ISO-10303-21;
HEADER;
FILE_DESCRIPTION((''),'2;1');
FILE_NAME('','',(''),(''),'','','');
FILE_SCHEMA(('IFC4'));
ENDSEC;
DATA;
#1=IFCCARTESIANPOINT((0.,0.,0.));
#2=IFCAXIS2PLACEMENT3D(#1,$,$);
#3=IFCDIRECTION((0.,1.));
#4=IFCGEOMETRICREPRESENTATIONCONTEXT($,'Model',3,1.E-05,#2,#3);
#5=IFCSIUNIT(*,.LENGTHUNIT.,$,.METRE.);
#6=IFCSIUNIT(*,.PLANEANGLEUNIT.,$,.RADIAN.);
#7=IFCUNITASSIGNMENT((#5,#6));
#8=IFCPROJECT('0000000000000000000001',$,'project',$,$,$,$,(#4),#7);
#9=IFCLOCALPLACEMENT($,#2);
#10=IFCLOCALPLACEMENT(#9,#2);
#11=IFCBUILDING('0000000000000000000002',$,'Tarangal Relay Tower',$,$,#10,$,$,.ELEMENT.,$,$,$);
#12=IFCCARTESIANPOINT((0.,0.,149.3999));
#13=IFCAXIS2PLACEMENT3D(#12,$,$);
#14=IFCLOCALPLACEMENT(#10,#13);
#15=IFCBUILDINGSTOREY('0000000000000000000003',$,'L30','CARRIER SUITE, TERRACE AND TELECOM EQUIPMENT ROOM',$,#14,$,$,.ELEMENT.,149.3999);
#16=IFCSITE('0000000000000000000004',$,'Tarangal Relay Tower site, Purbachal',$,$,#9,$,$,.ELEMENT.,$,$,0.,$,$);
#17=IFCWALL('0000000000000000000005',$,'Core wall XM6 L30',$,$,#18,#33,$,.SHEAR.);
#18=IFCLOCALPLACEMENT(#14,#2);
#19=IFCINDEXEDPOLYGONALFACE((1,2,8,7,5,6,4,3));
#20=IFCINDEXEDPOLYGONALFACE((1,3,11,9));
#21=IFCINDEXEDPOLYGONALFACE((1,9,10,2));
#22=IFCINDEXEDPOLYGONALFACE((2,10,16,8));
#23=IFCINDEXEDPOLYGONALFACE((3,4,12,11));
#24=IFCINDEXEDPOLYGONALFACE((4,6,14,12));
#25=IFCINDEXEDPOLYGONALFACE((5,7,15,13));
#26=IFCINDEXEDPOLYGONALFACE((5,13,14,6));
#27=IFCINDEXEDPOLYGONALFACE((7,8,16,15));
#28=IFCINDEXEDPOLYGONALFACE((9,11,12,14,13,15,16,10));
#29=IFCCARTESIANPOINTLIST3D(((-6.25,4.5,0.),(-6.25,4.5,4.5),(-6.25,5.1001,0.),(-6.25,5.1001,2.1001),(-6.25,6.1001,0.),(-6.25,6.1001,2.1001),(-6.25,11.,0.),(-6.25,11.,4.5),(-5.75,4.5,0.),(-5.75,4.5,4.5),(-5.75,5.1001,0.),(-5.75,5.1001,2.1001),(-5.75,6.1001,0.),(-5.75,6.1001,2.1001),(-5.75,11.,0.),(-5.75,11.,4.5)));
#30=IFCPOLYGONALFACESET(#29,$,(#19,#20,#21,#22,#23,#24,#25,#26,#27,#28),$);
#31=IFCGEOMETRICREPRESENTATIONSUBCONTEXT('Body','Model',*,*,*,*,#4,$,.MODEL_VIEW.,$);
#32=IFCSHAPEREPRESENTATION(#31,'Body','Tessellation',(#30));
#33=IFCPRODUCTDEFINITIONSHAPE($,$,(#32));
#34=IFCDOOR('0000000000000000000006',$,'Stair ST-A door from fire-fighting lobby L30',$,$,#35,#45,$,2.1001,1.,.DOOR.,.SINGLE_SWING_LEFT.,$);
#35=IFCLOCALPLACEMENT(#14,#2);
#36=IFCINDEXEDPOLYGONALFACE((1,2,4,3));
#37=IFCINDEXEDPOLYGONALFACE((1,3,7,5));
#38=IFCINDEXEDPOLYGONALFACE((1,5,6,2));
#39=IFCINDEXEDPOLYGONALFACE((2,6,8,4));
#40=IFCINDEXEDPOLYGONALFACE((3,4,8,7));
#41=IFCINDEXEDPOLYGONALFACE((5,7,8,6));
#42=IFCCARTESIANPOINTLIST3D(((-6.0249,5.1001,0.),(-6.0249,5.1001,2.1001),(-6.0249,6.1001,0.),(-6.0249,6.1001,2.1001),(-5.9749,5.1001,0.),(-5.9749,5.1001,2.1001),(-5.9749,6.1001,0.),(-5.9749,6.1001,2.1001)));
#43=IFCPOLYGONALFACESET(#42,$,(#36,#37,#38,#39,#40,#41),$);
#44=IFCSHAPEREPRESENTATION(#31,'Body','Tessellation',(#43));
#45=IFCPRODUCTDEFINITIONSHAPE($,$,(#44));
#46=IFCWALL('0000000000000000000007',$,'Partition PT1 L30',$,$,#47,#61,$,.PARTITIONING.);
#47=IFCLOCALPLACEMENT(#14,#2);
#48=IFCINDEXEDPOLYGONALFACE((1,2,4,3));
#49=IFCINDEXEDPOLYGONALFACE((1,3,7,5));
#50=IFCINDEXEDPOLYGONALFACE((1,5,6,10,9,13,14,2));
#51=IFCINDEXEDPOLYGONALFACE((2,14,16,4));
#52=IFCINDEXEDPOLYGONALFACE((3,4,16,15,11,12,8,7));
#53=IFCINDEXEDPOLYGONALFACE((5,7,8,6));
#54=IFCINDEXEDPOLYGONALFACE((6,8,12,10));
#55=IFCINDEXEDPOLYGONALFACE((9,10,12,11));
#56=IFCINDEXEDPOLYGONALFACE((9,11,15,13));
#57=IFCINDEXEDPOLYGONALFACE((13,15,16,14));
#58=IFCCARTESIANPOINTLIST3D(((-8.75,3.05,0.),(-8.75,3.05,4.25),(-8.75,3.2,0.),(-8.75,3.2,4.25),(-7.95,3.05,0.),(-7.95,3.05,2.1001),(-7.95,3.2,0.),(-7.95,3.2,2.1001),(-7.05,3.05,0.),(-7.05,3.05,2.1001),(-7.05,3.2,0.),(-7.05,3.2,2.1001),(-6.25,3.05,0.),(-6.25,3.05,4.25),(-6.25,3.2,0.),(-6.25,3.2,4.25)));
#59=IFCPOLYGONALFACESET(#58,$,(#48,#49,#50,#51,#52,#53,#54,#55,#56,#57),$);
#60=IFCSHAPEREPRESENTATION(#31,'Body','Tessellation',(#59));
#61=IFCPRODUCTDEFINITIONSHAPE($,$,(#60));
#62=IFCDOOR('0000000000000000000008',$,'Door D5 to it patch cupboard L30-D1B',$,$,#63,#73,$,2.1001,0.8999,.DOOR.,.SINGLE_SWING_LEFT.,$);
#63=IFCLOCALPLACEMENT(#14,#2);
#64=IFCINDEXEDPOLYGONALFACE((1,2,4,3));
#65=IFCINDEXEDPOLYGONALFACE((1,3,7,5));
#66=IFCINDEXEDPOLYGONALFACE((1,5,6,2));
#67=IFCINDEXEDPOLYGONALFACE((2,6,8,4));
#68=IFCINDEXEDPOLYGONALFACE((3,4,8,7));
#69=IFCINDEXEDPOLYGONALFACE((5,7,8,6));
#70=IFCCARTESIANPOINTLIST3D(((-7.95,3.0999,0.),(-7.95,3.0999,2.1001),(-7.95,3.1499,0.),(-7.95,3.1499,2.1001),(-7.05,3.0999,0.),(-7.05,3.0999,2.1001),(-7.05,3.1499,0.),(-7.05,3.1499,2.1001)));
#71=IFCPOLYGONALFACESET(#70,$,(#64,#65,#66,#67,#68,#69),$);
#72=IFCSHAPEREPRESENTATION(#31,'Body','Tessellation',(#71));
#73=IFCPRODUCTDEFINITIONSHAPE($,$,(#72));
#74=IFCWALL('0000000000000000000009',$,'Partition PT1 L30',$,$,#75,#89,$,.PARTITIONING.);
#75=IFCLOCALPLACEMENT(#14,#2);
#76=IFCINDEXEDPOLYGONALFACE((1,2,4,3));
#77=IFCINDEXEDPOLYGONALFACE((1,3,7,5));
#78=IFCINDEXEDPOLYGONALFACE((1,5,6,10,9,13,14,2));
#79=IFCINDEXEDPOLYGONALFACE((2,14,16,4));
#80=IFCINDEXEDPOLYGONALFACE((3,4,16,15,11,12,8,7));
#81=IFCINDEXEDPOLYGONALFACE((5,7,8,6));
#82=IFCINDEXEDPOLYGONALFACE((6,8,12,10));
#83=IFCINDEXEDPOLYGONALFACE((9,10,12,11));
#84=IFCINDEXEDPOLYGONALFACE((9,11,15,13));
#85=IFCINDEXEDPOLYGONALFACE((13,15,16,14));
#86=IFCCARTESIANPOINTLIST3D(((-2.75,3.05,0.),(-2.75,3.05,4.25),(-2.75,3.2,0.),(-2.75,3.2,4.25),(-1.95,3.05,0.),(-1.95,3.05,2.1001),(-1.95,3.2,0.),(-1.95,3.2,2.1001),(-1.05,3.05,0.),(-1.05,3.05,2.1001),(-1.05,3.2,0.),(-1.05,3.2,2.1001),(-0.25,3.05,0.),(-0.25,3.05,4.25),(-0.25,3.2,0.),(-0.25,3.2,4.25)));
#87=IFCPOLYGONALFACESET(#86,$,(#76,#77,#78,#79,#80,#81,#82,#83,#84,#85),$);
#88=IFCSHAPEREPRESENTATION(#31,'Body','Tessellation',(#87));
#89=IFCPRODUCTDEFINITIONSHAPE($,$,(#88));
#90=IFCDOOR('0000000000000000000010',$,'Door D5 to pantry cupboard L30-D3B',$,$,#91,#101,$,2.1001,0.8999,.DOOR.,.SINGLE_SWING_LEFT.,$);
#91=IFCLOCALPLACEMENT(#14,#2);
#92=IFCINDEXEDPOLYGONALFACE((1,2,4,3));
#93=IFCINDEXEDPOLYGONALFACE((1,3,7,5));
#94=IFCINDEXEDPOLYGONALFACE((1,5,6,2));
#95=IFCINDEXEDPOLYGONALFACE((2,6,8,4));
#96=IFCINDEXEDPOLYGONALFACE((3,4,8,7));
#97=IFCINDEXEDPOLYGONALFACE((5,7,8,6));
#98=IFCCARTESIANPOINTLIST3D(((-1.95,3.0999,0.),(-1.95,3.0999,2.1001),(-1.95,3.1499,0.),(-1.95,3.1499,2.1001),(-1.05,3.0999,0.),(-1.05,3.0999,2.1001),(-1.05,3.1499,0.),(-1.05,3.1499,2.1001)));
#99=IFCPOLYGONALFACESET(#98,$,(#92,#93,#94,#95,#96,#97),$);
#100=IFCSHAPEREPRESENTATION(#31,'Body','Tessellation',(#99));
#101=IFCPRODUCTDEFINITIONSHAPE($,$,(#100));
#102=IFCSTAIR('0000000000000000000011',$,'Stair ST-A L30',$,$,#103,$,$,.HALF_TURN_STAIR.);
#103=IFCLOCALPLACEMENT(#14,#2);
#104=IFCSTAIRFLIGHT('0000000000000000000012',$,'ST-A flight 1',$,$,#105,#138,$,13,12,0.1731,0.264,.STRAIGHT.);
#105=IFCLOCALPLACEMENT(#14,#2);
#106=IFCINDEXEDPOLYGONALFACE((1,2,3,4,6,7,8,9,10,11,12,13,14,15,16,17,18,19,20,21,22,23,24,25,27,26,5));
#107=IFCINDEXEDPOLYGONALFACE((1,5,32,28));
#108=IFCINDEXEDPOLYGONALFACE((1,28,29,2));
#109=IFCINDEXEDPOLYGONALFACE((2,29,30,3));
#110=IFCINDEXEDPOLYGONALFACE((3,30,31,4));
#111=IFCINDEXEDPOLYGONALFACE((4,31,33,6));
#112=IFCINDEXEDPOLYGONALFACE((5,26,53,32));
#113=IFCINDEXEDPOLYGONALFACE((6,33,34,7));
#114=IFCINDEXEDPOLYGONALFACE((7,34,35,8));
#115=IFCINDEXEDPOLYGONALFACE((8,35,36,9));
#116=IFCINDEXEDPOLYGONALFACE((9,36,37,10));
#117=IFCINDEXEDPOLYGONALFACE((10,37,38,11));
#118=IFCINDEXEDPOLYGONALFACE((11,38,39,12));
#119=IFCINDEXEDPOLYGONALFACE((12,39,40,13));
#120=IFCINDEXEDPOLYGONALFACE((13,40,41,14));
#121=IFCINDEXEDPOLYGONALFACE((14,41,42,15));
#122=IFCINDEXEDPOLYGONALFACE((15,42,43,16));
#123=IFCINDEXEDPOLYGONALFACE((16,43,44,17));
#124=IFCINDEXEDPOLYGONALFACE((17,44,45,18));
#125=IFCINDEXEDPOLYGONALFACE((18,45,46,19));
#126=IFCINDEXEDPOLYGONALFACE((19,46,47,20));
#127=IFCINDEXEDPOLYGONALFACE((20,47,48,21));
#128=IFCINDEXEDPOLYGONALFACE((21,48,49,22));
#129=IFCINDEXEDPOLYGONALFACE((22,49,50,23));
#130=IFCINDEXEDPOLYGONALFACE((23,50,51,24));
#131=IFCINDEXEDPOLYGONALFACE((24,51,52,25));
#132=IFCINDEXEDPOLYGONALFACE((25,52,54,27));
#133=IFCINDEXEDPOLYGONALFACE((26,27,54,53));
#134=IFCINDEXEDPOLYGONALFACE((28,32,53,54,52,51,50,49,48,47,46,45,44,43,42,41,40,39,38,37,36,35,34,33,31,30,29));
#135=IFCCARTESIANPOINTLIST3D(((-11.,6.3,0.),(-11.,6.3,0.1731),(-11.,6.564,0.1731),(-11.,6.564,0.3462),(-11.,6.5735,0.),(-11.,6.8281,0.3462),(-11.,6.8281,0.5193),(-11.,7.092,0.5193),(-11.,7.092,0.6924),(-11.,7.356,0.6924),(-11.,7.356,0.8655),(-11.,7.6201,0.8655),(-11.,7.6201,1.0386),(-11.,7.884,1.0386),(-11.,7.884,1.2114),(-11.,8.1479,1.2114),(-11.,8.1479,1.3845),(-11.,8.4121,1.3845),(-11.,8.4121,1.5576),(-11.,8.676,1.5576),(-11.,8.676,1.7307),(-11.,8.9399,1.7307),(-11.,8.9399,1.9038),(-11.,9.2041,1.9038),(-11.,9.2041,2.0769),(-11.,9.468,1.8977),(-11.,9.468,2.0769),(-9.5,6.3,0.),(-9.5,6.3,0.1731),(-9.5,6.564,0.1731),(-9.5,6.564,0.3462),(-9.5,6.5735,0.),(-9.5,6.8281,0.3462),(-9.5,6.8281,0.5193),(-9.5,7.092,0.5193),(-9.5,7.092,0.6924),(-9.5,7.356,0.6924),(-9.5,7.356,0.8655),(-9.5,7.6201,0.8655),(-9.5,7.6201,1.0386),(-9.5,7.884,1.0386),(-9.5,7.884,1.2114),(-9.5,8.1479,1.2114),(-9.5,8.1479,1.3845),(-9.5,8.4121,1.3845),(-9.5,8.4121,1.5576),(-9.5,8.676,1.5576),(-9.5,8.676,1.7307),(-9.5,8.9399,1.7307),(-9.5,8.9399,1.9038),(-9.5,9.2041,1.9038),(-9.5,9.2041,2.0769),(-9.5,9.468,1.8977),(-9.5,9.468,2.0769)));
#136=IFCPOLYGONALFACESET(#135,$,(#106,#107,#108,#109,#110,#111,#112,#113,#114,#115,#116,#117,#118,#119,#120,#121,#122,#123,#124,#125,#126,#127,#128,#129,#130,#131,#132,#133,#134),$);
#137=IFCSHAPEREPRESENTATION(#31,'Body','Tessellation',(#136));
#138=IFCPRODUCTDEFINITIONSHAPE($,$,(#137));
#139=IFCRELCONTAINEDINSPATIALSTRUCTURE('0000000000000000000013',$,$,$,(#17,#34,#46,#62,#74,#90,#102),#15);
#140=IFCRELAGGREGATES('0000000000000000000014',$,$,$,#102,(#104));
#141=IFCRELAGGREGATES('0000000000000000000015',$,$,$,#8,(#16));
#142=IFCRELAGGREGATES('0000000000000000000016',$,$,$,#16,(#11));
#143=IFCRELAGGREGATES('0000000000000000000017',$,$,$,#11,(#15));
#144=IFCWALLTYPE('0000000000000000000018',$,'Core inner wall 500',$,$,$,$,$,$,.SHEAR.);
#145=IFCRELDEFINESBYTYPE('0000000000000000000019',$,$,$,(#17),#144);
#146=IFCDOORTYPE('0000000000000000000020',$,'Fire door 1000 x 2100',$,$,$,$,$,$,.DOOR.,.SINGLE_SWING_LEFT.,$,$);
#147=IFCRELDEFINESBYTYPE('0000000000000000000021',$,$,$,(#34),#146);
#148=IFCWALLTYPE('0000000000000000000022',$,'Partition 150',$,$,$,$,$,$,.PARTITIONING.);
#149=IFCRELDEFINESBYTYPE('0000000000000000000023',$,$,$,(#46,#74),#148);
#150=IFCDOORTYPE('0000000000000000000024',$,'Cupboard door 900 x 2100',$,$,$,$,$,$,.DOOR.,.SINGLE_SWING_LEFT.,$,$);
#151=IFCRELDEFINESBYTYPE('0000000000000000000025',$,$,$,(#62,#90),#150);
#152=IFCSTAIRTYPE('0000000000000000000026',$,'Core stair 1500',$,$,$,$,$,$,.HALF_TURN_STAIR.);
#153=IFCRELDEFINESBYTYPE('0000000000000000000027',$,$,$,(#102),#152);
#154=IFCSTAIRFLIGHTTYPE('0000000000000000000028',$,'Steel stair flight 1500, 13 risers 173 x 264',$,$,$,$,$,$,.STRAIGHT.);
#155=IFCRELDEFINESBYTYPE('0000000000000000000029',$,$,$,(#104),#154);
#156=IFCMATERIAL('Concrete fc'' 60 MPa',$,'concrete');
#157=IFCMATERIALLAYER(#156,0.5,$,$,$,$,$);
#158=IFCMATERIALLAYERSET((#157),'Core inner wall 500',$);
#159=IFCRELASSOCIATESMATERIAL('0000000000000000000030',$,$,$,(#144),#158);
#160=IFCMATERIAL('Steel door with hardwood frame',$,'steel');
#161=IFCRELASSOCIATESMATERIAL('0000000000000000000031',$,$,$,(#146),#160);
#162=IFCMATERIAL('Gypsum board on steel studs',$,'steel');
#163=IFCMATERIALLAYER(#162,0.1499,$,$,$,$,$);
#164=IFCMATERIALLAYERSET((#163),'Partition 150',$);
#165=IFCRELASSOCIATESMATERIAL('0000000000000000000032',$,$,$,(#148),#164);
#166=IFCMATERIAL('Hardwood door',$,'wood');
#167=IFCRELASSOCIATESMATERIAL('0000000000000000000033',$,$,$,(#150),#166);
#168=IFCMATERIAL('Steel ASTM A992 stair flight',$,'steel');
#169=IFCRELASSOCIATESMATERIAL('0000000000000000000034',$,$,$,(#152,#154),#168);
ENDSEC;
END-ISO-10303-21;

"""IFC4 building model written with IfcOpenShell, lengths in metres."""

from ifc_helpers import new_model, si_unit, direction, frame, frame_2d, origin, place, context, subcontext, project, spatial, polyline, rectangle, outline, extrude, material, layer, layer_set, type_object, element, fill, aggregate, save


model = new_model("IFC4")

# Units and contexts
model_context = context("Model", 3, precision=1e-05, world=origin(), true_north=direction((0.0, 1.0)))
body_context = subcontext(model_context, "Body", "Model", "MODEL_VIEW")
ifc_project = project(units=[si_unit("LENGTHUNIT", "METRE"), si_unit("PLANEANGLEUNIT", "RADIAN")], contexts=[model_context])

# Site, building, storey
site_placement = place(None, origin())
site = spatial("IfcSite", under=ifc_project, at=site_placement, Name="Tarangal Relay Tower site, Purbachal", CompositionType="ELEMENT", RefElevation=0.0)
building_placement = place(site_placement, origin())
building = spatial("IfcBuilding", under=site, at=building_placement, Name="Tarangal Relay Tower", CompositionType="ELEMENT")
storey_placement = place(building_placement, frame((0.0, 0.0, 149.3999)))
storey = spatial("IfcBuildingStorey", under=building, at=storey_placement, Name="L30", Description="CARRIER SUITE, TERRACE AND TELECOM EQUIPMENT ROOM", CompositionType="ELEMENT", Elevation=149.3999)

# Shared definitions
ifc_material_1 = material(Name="Concrete fc' 60 MPa", Category="concrete")
ifc_layer_1 = layer(ifc_material_1, 0.5)
ifc_layer_set_1 = layer_set([ifc_layer_1], Name="Core inner wall 500")
wall_type_1 = type_object("IfcWallType", Name="Core inner wall 500", PredefinedType="SHEAR", material=ifc_layer_set_1)
ifc_material_2 = material(Name="Steel door with hardwood frame", Category="steel")

# Walls, openings, doors
wall_1_placement = place(storey_placement, frame((-6.0, 4.5, 0.0), z_axis=(0.0, 0.0, 1.0), x_axis=(0.0, 1.0, 0.0)))
wall_1 = element("IfcWall", 1, at=wall_1_placement, inside=storey, type_object=wall_type_1, Name="Core wall XM6 L30", PredefinedType="SHEAR", context=body_context, shape_type="SweptSolid", body=[
    extrude(rectangle(XDim=6.5, YDim=0.5, at=frame_2d((3.25, 0.0))), origin(), (0.0, 0.0, 1.0), 4.5),
])
opening_1_placement = place(wall_1_placement, frame((0.6001, 0.0, 0.0)))
opening_1 = element("IfcOpeningElement", 2, at=opening_1_placement, cuts=wall_1, PredefinedType="OPENING", context=body_context, shape_type="SweptSolid", body=[
    extrude(rectangle(XDim=1.0, YDim=2.1001, at=frame_2d((0.5, 1.05))), frame((0.0, 0.26, 0.0), z_axis=(0.0, -1.0, 0.0), x_axis=(1.0, 0.0, 0.0)), (0.0, 0.0, 1.0), 0.52),
])
door_type_1 = type_object("IfcDoorType", Name="Fire door 1000 x 2100", OperationType="SINGLE_SWING_LEFT", PredefinedType="DOOR", material=ifc_material_2)
door_1_placement = place(opening_1_placement, origin())
door_1 = element("IfcDoor", 3, at=door_1_placement, inside=storey, type_object=door_type_1, Name="Stair ST-A door from fire-fighting lobby L30", OperationType="SINGLE_SWING_LEFT", OverallHeight=2.1001, OverallWidth=1.0, PredefinedType="DOOR", context=body_context, shape_type="SweptSolid", body=[
    extrude(rectangle(XDim=1.0, YDim=2.1001, at=frame_2d((0.5, 1.05))), frame((0.0, 0.0249, 0.0), z_axis=(0.0, -1.0, 0.0), x_axis=(1.0, 0.0, 0.0)), (0.0, 0.0, 1.0), 0.05),
])
fill(opening_1, door_1)
ifc_material_3 = material(Name="Gypsum board on steel studs", Category="steel")
ifc_layer_2 = layer(ifc_material_3, 0.1499)
ifc_layer_set_2 = layer_set([ifc_layer_2], Name="Partition 150")
wall_type_2 = type_object("IfcWallType", Name="Partition 150", PredefinedType="PARTITIONING", material=ifc_layer_set_2)
wall_2_placement = place(storey_placement, frame((-8.75, 3.125, 0.0), z_axis=(0.0, 0.0, 1.0), x_axis=(1.0, 0.0, 0.0)))
wall_2 = element("IfcWall", 4, at=wall_2_placement, inside=storey, type_object=wall_type_2, Name="Partition PT1 L30", PredefinedType="PARTITIONING", context=body_context, shape_type="SweptSolid", body=[
    extrude(rectangle(XDim=2.5, YDim=0.1499, at=frame_2d((1.25, 0.0))), origin(), (0.0, 0.0, 1.0), 4.25),
])
opening_2_placement = place(wall_2_placement, frame((0.8, 0.0, 0.0)))
opening_2 = element("IfcOpeningElement", 5, at=opening_2_placement, cuts=wall_2, PredefinedType="OPENING", context=body_context, shape_type="SweptSolid", body=[
    extrude(rectangle(XDim=0.8999, YDim=2.1001, at=frame_2d((0.45, 1.05))), frame((0.0, 0.085, 0.0), z_axis=(0.0, -1.0, 0.0), x_axis=(1.0, 0.0, 0.0)), (0.0, 0.0, 1.0), 0.1699),
])
ifc_material_4 = material(Name="Hardwood door", Category="wood")
door_type_2 = type_object("IfcDoorType", Name="Cupboard door 900 x 2100", OperationType="SINGLE_SWING_LEFT", PredefinedType="DOOR", material=ifc_material_4)
door_2_placement = place(opening_2_placement, origin())
door_2 = element("IfcDoor", 6, at=door_2_placement, inside=storey, type_object=door_type_2, Name="Door D5 to it patch cupboard L30-D1B", OperationType="SINGLE_SWING_LEFT", OverallHeight=2.1001, OverallWidth=0.8999, PredefinedType="DOOR", context=body_context, shape_type="SweptSolid", body=[
    extrude(rectangle(XDim=0.8999, YDim=2.1001, at=frame_2d((0.45, 1.05))), frame((0.0, 0.0249, 0.0), z_axis=(0.0, -1.0, 0.0), x_axis=(1.0, 0.0, 0.0)), (0.0, 0.0, 1.0), 0.05),
])
fill(opening_2, door_2)
wall_3_placement = place(storey_placement, frame((-2.75, 3.125, 0.0), z_axis=(0.0, 0.0, 1.0), x_axis=(1.0, 0.0, 0.0)))
wall_3 = element("IfcWall", 7, at=wall_3_placement, inside=storey, type_object=wall_type_2, Name="Partition PT1 L30", PredefinedType="PARTITIONING", context=body_context, shape_type="SweptSolid", body=[
    extrude(rectangle(XDim=2.5, YDim=0.1499, at=frame_2d((1.25, 0.0))), origin(), (0.0, 0.0, 1.0), 4.25),
])
opening_3_placement = place(wall_3_placement, frame((0.8, 0.0, 0.0)))
opening_3 = element("IfcOpeningElement", 8, at=opening_3_placement, cuts=wall_3, PredefinedType="OPENING", context=body_context, shape_type="SweptSolid", body=[
    extrude(rectangle(XDim=0.8999, YDim=2.1001, at=frame_2d((0.45, 1.05))), frame((0.0, 0.085, 0.0), z_axis=(0.0, -1.0, 0.0), x_axis=(1.0, 0.0, 0.0)), (0.0, 0.0, 1.0), 0.1699),
])
door_3_placement = place(opening_3_placement, origin())
door_3 = element("IfcDoor", 9, at=door_3_placement, inside=storey, type_object=door_type_2, Name="Door D5 to pantry cupboard L30-D3B", OperationType="SINGLE_SWING_LEFT", OverallHeight=2.1001, OverallWidth=0.8999, PredefinedType="DOOR", context=body_context, shape_type="SweptSolid", body=[
    extrude(rectangle(XDim=0.8999, YDim=2.1001, at=frame_2d((0.45, 1.05))), frame((0.0, 0.0249, 0.0), z_axis=(0.0, -1.0, 0.0), x_axis=(1.0, 0.0, 0.0)), (0.0, 0.0, 1.0), 0.05),
])
fill(opening_3, door_3)

# Stair, stair flight
ifc_material_5 = material(Name="Steel ASTM A992 stair flight", Category="steel")
stair_type = type_object("IfcStairType", Name="Core stair 1500", PredefinedType="HALF_TURN_STAIR", material=ifc_material_5)
stair_placement = place(storey_placement, origin())
stair = element("IfcStair", 10, at=stair_placement, inside=storey, type_object=stair_type, Name="Stair ST-A L30", PredefinedType="HALF_TURN_STAIR")
stair_flight_type = type_object("IfcStairFlightType", Name="Steel stair flight 1500, 13 risers 173 x 264", PredefinedType="STRAIGHT", material=ifc_material_5)
stair_flight_placement = place(storey_placement, frame((-10.25, 6.3, 0.0), z_axis=(0.0, 0.0, 1.0), x_axis=(0.0, 1.0, 0.0)))
stair_flight = element("IfcStairFlight", 11, at=stair_flight_placement, type_object=stair_flight_type, Name="ST-A flight 1", NumberOfRisers=13, NumberOfTreads=12, PredefinedType="STRAIGHT", RiserHeight=0.1731, TreadLength=0.264, context=body_context, shape_type="SweptSolid", body=[
    extrude(outline(polyline([(0.0, 0.0), (0.0, 0.1731), (0.2639, 0.1731), (0.2639, 0.3462), (0.5281, 0.3462), (0.5281, 0.5193), (0.792, 0.5193), (0.792, 0.6924), (1.0559, 0.6924), (1.0559, 0.8655), (1.3201, 0.8655), (1.3201, 1.0386), (1.584, 1.0386), (1.584, 1.2114), (1.8479, 1.2114), (1.8479, 1.3845), (2.1121, 1.3845), (2.1121, 1.5576), (2.376, 1.5576), (2.376, 1.7307), (2.6399, 1.7307), (2.6399, 1.9038), (2.9041, 1.9038), (2.9041, 2.0769), (3.168, 2.0769), (3.168, 2.25), (3.168, 1.8977), (0.2734, 0.0), (0.0, 0.0)])), frame((0.0, 0.75, 0.0), z_axis=(0.0, -1.0, 0.0), x_axis=(1.0, 0.0, 0.0)), (0.0, 0.0, 1.0), 1.5),
])
aggregate(stair, [stair_flight])

save(model, "model.ifc")
